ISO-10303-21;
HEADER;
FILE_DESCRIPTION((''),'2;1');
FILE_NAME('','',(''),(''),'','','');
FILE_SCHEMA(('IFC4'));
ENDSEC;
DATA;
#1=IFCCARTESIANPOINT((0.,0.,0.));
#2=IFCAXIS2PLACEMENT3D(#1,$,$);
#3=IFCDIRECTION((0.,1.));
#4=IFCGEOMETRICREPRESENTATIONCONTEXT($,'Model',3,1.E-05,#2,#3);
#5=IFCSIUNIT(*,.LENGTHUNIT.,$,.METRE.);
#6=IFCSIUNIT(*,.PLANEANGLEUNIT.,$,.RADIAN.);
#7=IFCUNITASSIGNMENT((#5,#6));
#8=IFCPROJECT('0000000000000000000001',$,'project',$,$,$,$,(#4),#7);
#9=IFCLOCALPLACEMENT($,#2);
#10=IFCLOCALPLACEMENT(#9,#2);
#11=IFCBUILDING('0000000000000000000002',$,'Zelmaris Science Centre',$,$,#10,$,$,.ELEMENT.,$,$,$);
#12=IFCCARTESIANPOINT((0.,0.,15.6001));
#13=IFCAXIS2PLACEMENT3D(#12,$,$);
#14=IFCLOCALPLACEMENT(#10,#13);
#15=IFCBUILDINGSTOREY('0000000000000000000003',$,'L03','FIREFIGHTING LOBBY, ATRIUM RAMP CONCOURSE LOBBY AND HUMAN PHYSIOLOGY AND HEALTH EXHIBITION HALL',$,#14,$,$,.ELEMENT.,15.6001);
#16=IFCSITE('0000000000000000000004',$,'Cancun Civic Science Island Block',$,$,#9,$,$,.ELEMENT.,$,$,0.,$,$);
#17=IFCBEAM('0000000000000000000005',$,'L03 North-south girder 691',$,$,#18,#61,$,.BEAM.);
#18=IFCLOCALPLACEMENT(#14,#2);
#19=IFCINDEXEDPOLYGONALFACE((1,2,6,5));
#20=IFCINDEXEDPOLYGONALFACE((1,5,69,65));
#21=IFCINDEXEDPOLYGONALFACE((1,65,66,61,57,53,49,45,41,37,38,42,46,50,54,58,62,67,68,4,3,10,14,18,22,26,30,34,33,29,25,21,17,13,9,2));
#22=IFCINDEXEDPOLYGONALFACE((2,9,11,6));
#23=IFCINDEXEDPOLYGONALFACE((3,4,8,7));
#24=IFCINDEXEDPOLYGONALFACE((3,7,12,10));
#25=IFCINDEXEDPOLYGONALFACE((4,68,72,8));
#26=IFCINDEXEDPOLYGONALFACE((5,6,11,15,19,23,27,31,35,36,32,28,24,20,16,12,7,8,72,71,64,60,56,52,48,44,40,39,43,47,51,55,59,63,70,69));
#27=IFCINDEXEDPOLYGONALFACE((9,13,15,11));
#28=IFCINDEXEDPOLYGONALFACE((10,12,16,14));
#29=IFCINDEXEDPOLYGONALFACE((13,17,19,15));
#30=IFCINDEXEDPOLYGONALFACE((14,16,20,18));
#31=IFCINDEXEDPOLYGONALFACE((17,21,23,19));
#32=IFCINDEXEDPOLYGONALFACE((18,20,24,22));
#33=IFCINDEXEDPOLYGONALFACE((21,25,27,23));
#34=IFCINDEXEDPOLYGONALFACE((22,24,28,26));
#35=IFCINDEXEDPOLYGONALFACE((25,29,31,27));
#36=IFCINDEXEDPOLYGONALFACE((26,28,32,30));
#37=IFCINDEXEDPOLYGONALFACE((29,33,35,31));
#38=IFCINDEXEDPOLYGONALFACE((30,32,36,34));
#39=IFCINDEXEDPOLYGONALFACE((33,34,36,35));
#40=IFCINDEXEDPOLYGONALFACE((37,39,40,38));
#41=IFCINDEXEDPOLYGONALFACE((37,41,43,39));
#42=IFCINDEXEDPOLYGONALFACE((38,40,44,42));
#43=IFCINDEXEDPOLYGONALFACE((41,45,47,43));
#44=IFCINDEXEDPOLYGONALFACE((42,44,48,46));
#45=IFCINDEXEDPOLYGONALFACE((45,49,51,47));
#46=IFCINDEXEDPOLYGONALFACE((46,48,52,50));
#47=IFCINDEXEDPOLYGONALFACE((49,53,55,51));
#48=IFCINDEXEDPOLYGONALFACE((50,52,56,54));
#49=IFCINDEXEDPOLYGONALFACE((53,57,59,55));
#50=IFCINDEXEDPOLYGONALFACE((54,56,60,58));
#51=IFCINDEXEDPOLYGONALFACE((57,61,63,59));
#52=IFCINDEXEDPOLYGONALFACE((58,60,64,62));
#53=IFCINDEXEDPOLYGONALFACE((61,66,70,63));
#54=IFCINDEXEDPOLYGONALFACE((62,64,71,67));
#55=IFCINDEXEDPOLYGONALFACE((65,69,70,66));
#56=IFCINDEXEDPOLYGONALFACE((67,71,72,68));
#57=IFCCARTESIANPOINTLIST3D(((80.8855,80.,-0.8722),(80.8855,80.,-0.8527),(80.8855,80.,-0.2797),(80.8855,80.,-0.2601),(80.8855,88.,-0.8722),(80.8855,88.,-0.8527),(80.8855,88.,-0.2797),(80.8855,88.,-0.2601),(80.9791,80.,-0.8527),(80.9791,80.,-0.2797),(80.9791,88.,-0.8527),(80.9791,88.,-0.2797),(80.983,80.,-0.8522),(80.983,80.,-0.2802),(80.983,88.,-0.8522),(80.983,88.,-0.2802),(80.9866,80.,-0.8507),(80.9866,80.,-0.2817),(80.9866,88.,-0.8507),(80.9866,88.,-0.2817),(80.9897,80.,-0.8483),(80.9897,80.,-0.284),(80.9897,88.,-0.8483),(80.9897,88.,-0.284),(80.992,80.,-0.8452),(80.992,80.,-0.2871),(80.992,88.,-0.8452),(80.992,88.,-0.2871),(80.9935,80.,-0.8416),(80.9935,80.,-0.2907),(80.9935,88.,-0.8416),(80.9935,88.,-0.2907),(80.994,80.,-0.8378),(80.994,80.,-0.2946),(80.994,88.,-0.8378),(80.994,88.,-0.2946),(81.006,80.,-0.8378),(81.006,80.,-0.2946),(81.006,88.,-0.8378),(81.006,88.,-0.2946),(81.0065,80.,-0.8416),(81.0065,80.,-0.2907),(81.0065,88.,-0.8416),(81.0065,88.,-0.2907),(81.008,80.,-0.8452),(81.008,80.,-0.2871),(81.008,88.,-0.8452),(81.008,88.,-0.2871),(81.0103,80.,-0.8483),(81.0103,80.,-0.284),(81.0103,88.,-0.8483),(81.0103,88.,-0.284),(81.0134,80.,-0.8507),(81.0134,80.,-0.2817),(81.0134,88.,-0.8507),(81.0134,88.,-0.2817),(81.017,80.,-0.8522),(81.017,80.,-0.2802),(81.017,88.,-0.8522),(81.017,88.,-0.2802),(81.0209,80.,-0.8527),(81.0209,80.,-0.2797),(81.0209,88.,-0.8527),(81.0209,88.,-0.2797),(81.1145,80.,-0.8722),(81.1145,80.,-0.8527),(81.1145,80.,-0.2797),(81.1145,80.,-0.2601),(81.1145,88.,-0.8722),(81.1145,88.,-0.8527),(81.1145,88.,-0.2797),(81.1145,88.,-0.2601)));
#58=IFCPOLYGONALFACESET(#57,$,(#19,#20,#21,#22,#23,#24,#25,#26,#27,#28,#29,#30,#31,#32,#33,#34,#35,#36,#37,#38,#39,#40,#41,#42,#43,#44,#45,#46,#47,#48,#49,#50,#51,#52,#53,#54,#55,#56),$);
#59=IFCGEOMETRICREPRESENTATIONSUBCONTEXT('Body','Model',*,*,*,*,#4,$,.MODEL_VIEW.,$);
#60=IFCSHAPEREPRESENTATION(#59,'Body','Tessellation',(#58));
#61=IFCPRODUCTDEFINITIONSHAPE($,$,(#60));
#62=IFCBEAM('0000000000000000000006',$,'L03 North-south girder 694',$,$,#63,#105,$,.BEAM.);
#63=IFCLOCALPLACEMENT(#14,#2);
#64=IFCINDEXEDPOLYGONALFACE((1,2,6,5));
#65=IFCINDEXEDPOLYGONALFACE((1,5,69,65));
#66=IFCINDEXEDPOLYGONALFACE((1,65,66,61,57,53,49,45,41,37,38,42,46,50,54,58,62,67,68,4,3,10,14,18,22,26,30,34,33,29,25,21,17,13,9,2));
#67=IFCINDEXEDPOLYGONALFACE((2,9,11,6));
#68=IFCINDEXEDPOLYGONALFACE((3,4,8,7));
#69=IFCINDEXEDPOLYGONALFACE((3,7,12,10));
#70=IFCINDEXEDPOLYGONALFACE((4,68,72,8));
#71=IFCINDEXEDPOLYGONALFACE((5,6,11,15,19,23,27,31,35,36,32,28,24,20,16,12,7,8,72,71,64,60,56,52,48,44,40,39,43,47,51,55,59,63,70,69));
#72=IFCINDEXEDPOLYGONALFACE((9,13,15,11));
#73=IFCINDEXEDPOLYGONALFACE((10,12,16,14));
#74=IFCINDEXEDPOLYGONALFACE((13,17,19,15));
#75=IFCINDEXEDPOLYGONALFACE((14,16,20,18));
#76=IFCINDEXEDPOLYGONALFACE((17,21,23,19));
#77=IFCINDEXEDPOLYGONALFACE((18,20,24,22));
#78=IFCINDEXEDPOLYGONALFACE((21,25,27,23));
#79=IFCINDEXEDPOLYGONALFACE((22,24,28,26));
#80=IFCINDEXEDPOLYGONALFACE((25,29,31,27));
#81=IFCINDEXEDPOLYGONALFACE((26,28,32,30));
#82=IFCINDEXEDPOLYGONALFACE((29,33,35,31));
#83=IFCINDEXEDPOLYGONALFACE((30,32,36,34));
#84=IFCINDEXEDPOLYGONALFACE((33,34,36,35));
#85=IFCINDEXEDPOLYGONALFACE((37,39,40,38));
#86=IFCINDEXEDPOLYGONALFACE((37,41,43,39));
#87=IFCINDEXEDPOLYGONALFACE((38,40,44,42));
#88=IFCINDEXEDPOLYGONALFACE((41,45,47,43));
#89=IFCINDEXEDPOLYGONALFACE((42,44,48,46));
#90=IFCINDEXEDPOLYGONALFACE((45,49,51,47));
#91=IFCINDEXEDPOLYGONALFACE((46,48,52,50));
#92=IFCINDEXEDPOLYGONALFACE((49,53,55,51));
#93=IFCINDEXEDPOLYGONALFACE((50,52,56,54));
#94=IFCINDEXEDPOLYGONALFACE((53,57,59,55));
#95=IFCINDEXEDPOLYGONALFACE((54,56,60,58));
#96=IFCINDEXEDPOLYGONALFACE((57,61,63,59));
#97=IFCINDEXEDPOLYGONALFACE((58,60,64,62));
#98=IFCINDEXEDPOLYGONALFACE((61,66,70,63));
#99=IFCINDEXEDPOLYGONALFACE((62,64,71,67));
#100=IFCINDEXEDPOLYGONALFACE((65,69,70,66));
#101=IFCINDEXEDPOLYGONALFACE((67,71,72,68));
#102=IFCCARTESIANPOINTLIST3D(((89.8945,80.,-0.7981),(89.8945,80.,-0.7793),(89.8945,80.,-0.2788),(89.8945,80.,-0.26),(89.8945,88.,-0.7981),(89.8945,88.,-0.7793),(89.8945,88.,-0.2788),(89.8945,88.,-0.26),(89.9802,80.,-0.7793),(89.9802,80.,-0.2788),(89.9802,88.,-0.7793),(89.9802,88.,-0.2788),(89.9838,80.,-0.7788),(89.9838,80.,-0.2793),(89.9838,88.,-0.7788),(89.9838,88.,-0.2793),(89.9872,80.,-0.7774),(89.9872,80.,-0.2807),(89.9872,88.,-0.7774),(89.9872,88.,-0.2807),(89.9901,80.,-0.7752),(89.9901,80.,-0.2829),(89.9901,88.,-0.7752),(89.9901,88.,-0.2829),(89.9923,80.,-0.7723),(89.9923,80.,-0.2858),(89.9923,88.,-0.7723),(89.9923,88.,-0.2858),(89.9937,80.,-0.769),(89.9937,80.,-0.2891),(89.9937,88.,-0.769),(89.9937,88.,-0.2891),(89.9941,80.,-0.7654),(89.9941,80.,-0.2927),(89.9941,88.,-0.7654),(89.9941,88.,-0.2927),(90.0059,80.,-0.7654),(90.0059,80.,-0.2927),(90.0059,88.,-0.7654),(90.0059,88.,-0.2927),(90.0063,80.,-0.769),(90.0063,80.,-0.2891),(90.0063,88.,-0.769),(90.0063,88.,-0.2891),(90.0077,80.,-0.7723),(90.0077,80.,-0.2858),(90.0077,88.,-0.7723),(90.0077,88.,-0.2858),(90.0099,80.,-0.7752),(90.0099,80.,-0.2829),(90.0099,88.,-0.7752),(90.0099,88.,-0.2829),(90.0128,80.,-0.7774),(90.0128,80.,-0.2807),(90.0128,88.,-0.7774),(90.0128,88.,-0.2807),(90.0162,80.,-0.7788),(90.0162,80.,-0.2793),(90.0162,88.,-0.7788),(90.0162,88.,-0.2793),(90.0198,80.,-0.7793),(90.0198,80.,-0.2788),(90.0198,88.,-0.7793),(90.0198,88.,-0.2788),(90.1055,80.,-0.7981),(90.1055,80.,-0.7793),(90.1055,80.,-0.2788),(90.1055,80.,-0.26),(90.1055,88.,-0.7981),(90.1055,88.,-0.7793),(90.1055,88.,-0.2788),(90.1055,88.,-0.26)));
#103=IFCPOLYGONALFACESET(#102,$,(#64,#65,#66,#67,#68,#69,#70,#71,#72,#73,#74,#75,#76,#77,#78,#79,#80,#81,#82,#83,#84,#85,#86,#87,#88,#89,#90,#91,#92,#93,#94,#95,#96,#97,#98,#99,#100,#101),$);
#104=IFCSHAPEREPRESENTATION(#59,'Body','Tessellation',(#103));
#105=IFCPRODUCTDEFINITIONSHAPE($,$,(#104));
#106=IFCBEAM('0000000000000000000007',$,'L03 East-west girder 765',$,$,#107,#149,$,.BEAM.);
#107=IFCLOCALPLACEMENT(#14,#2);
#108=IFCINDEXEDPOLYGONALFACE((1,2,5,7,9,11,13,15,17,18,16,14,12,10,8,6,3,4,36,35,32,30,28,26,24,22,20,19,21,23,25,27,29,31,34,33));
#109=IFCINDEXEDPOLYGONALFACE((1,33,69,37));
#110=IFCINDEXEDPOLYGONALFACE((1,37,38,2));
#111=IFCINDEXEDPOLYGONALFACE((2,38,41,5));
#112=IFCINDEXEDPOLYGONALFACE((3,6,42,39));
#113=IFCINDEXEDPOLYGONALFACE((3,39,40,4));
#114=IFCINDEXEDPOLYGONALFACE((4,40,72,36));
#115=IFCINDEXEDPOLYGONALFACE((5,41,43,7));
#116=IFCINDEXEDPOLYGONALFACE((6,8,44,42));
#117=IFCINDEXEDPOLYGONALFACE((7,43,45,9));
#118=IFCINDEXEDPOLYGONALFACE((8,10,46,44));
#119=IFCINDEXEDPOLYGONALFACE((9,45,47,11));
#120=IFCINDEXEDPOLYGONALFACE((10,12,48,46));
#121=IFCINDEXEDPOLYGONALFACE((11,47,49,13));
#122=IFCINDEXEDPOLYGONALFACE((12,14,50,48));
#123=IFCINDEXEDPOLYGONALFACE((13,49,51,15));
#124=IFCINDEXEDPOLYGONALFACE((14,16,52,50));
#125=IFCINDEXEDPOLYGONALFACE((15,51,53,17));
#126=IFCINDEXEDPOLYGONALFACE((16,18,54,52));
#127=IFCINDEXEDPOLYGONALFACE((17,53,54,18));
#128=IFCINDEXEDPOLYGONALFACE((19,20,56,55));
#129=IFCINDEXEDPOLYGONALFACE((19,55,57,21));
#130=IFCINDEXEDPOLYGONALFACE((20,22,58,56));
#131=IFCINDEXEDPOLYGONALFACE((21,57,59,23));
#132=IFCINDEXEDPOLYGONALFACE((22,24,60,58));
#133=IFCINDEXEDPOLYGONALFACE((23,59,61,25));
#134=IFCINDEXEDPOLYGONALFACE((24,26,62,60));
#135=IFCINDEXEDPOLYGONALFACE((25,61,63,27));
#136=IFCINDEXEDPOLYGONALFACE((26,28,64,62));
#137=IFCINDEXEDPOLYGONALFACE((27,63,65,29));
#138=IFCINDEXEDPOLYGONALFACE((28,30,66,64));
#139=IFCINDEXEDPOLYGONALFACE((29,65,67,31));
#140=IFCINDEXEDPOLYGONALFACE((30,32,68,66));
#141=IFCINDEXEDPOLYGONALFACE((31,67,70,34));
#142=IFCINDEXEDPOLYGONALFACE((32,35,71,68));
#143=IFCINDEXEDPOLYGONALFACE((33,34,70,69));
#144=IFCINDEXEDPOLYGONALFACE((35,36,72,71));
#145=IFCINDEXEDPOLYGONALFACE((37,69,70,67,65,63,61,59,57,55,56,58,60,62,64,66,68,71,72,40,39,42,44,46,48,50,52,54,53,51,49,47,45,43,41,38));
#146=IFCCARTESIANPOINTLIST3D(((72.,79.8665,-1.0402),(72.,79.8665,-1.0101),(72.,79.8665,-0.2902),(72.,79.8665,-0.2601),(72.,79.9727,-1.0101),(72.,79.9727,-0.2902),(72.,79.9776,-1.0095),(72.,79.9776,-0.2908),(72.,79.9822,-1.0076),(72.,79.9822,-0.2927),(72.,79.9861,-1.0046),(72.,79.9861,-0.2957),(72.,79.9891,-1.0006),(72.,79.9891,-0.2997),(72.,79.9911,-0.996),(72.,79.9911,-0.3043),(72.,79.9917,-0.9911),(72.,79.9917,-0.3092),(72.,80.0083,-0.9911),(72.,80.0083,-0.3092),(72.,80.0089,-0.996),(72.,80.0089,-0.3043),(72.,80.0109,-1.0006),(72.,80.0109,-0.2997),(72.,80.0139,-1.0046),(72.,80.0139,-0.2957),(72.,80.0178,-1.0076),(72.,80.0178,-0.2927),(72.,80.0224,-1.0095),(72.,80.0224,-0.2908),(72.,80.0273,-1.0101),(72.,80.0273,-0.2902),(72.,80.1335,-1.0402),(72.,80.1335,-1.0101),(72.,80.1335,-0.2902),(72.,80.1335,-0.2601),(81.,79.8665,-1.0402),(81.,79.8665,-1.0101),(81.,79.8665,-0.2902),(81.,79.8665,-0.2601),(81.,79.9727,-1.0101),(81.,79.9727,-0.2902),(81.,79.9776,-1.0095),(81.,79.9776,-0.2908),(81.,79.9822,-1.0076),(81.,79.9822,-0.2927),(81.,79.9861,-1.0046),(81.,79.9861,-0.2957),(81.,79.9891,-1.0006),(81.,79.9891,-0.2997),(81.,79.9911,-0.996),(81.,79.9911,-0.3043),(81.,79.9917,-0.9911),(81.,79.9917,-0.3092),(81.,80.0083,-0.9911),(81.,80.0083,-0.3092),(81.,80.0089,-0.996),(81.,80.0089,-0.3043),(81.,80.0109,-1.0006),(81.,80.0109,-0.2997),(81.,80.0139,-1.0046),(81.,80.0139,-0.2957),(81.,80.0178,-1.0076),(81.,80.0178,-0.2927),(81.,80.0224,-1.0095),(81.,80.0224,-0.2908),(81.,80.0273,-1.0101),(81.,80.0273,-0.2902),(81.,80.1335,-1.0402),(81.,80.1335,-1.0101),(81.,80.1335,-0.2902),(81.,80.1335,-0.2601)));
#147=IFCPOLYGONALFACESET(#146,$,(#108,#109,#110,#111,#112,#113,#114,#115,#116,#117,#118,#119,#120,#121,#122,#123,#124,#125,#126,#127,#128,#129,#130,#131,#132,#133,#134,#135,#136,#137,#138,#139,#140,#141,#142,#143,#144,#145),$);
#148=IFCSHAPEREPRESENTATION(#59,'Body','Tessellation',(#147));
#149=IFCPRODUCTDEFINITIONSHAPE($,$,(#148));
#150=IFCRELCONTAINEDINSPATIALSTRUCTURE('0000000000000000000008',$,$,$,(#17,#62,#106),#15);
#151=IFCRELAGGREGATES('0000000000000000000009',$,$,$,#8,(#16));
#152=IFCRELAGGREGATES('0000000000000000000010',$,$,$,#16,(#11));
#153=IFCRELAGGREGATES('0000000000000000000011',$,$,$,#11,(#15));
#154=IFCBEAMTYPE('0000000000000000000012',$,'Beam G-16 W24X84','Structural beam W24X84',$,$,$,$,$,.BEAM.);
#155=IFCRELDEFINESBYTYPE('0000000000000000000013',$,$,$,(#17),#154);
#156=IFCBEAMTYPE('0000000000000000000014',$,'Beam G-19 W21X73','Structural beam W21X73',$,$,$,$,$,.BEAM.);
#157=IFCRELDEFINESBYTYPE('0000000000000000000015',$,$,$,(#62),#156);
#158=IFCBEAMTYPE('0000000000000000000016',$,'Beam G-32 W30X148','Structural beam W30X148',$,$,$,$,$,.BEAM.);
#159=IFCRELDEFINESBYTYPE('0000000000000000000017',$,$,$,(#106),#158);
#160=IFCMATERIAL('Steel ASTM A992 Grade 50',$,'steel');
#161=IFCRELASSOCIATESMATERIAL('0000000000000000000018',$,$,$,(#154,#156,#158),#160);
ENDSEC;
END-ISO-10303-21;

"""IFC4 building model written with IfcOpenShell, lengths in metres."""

from ifc_helpers import new_model, si_unit, direction, frame, origin, origin_2d, place, context, subcontext, project, spatial, i_section, extrude, material, material_profile, profile_set, type_object, element, save


model = new_model("IFC4")

# Units and contexts
model_context = context("Model", 3, precision=1e-05, world=origin(), true_north=direction((0.0, 1.0)))
body_context = subcontext(model_context, "Body", "Model", "MODEL_VIEW")
ifc_project = project(units=[si_unit("LENGTHUNIT", "METRE"), si_unit("PLANEANGLEUNIT", "RADIAN")], contexts=[model_context])

# Site, building, storey
site_placement = place(None, origin())
site = spatial("IfcSite", under=ifc_project, at=site_placement, Name="Cancun Civic Science Island Block", CompositionType="ELEMENT", RefElevation=0.0)
building_placement = place(site_placement, origin())
building = spatial("IfcBuilding", under=site, at=building_placement, Name="Zelmaris Science Centre", CompositionType="ELEMENT")
storey_placement = place(building_placement, frame((0.0, 0.0, 15.6001)))
storey = spatial("IfcBuildingStorey", under=building, at=storey_placement, Name="L03", Description="FIREFIGHTING LOBBY, ATRIUM RAMP CONCOURSE LOBBY AND HUMAN PHYSIOLOGY AND HEALTH EXHIBITION HALL", CompositionType="ELEMENT", Elevation=15.6001)

# Shared definitions
ifc_material_1 = material(Name="Steel ASTM A992 Grade 50", Category="steel")

# Beams
ifc_material_profile_1 = material_profile(ifc_material_1, i_section(OverallWidth=0.229, OverallDepth=0.6121, WebThickness=0.012, FlangeThickness=0.0195, FilletRadius=0.0149, at=origin_2d()), Name="W24X84")
ifc_profile_set_1 = profile_set([ifc_material_profile_1], Name="Steel ASTM A992 Grade 50")
beam_type_1 = type_object("IfcBeamType", Name="Beam G-16 W24X84", Description="Structural beam W24X84", PredefinedType="BEAM", material=ifc_profile_set_1)
beam_1_placement = place(storey_placement, frame((81.0, 80.0, -0.5662), z_axis=(0.0, 1.0, 0.0), x_axis=(-1.0, 0.0, 0.0)))
element("IfcBeam", 1, at=beam_1_placement, inside=storey, type_object=beam_type_1, Name="L03 North-south girder 691", PredefinedType="BEAM", context=body_context, shape_type="SweptSolid", body=[
    extrude(i_section(OverallWidth=0.229, OverallDepth=0.6121, WebThickness=0.012, FlangeThickness=0.0195, FilletRadius=0.0149, at=origin_2d()), origin(), (0.0, 0.0, 1.0), 8.0),
])
ifc_material_profile_2 = material_profile(ifc_material_1, i_section(OverallWidth=0.2109, OverallDepth=0.5381, WebThickness=0.0117, FlangeThickness=0.0188, FilletRadius=0.0139, at=origin_2d()), Name="W21X73")
ifc_profile_set_2 = profile_set([ifc_material_profile_2], Name="Steel ASTM A992 Grade 50")
beam_type_2 = type_object("IfcBeamType", Name="Beam G-19 W21X73", Description="Structural beam W21X73", PredefinedType="BEAM", material=ifc_profile_set_2)
beam_2_placement = place(storey_placement, frame((90.0, 80.0, -0.5291), z_axis=(0.0, 1.0, 0.0), x_axis=(-1.0, 0.0, 0.0)))
element("IfcBeam", 2, at=beam_2_placement, inside=storey, type_object=beam_type_2, Name="L03 North-south girder 694", PredefinedType="BEAM", context=body_context, shape_type="SweptSolid", body=[
    extrude(i_section(OverallWidth=0.2109, OverallDepth=0.5381, WebThickness=0.0117, FlangeThickness=0.0188, FilletRadius=0.0139, at=origin_2d()), origin(), (0.0, 0.0, 1.0), 8.0),
])
ifc_material_profile_3 = material_profile(ifc_material_1, i_section(OverallWidth=0.2671, OverallDepth=0.78, WebThickness=0.0166, FlangeThickness=0.03, FilletRadius=0.019, at=origin_2d()), Name="W30X148")
ifc_profile_set_3 = profile_set([ifc_material_profile_3], Name="Steel ASTM A992 Grade 50")
beam_type_3 = type_object("IfcBeamType", Name="Beam G-32 W30X148", Description="Structural beam W30X148", PredefinedType="BEAM", material=ifc_profile_set_3)
beam_3_placement = place(storey_placement, frame((72.0, 80.0, -0.6501), z_axis=(1.0, 0.0, 0.0), x_axis=(0.0, 1.0, 0.0)))
element("IfcBeam", 3, at=beam_3_placement, inside=storey, type_object=beam_type_3, Name="L03 East-west girder 765", PredefinedType="BEAM", context=body_context, shape_type="SweptSolid", body=[
    extrude(i_section(OverallWidth=0.2671, OverallDepth=0.78, WebThickness=0.0166, FlangeThickness=0.03, FilletRadius=0.019, at=origin_2d()), origin(), (0.0, 0.0, 1.0), 9.0),
])

save(model, "model.ifc")
